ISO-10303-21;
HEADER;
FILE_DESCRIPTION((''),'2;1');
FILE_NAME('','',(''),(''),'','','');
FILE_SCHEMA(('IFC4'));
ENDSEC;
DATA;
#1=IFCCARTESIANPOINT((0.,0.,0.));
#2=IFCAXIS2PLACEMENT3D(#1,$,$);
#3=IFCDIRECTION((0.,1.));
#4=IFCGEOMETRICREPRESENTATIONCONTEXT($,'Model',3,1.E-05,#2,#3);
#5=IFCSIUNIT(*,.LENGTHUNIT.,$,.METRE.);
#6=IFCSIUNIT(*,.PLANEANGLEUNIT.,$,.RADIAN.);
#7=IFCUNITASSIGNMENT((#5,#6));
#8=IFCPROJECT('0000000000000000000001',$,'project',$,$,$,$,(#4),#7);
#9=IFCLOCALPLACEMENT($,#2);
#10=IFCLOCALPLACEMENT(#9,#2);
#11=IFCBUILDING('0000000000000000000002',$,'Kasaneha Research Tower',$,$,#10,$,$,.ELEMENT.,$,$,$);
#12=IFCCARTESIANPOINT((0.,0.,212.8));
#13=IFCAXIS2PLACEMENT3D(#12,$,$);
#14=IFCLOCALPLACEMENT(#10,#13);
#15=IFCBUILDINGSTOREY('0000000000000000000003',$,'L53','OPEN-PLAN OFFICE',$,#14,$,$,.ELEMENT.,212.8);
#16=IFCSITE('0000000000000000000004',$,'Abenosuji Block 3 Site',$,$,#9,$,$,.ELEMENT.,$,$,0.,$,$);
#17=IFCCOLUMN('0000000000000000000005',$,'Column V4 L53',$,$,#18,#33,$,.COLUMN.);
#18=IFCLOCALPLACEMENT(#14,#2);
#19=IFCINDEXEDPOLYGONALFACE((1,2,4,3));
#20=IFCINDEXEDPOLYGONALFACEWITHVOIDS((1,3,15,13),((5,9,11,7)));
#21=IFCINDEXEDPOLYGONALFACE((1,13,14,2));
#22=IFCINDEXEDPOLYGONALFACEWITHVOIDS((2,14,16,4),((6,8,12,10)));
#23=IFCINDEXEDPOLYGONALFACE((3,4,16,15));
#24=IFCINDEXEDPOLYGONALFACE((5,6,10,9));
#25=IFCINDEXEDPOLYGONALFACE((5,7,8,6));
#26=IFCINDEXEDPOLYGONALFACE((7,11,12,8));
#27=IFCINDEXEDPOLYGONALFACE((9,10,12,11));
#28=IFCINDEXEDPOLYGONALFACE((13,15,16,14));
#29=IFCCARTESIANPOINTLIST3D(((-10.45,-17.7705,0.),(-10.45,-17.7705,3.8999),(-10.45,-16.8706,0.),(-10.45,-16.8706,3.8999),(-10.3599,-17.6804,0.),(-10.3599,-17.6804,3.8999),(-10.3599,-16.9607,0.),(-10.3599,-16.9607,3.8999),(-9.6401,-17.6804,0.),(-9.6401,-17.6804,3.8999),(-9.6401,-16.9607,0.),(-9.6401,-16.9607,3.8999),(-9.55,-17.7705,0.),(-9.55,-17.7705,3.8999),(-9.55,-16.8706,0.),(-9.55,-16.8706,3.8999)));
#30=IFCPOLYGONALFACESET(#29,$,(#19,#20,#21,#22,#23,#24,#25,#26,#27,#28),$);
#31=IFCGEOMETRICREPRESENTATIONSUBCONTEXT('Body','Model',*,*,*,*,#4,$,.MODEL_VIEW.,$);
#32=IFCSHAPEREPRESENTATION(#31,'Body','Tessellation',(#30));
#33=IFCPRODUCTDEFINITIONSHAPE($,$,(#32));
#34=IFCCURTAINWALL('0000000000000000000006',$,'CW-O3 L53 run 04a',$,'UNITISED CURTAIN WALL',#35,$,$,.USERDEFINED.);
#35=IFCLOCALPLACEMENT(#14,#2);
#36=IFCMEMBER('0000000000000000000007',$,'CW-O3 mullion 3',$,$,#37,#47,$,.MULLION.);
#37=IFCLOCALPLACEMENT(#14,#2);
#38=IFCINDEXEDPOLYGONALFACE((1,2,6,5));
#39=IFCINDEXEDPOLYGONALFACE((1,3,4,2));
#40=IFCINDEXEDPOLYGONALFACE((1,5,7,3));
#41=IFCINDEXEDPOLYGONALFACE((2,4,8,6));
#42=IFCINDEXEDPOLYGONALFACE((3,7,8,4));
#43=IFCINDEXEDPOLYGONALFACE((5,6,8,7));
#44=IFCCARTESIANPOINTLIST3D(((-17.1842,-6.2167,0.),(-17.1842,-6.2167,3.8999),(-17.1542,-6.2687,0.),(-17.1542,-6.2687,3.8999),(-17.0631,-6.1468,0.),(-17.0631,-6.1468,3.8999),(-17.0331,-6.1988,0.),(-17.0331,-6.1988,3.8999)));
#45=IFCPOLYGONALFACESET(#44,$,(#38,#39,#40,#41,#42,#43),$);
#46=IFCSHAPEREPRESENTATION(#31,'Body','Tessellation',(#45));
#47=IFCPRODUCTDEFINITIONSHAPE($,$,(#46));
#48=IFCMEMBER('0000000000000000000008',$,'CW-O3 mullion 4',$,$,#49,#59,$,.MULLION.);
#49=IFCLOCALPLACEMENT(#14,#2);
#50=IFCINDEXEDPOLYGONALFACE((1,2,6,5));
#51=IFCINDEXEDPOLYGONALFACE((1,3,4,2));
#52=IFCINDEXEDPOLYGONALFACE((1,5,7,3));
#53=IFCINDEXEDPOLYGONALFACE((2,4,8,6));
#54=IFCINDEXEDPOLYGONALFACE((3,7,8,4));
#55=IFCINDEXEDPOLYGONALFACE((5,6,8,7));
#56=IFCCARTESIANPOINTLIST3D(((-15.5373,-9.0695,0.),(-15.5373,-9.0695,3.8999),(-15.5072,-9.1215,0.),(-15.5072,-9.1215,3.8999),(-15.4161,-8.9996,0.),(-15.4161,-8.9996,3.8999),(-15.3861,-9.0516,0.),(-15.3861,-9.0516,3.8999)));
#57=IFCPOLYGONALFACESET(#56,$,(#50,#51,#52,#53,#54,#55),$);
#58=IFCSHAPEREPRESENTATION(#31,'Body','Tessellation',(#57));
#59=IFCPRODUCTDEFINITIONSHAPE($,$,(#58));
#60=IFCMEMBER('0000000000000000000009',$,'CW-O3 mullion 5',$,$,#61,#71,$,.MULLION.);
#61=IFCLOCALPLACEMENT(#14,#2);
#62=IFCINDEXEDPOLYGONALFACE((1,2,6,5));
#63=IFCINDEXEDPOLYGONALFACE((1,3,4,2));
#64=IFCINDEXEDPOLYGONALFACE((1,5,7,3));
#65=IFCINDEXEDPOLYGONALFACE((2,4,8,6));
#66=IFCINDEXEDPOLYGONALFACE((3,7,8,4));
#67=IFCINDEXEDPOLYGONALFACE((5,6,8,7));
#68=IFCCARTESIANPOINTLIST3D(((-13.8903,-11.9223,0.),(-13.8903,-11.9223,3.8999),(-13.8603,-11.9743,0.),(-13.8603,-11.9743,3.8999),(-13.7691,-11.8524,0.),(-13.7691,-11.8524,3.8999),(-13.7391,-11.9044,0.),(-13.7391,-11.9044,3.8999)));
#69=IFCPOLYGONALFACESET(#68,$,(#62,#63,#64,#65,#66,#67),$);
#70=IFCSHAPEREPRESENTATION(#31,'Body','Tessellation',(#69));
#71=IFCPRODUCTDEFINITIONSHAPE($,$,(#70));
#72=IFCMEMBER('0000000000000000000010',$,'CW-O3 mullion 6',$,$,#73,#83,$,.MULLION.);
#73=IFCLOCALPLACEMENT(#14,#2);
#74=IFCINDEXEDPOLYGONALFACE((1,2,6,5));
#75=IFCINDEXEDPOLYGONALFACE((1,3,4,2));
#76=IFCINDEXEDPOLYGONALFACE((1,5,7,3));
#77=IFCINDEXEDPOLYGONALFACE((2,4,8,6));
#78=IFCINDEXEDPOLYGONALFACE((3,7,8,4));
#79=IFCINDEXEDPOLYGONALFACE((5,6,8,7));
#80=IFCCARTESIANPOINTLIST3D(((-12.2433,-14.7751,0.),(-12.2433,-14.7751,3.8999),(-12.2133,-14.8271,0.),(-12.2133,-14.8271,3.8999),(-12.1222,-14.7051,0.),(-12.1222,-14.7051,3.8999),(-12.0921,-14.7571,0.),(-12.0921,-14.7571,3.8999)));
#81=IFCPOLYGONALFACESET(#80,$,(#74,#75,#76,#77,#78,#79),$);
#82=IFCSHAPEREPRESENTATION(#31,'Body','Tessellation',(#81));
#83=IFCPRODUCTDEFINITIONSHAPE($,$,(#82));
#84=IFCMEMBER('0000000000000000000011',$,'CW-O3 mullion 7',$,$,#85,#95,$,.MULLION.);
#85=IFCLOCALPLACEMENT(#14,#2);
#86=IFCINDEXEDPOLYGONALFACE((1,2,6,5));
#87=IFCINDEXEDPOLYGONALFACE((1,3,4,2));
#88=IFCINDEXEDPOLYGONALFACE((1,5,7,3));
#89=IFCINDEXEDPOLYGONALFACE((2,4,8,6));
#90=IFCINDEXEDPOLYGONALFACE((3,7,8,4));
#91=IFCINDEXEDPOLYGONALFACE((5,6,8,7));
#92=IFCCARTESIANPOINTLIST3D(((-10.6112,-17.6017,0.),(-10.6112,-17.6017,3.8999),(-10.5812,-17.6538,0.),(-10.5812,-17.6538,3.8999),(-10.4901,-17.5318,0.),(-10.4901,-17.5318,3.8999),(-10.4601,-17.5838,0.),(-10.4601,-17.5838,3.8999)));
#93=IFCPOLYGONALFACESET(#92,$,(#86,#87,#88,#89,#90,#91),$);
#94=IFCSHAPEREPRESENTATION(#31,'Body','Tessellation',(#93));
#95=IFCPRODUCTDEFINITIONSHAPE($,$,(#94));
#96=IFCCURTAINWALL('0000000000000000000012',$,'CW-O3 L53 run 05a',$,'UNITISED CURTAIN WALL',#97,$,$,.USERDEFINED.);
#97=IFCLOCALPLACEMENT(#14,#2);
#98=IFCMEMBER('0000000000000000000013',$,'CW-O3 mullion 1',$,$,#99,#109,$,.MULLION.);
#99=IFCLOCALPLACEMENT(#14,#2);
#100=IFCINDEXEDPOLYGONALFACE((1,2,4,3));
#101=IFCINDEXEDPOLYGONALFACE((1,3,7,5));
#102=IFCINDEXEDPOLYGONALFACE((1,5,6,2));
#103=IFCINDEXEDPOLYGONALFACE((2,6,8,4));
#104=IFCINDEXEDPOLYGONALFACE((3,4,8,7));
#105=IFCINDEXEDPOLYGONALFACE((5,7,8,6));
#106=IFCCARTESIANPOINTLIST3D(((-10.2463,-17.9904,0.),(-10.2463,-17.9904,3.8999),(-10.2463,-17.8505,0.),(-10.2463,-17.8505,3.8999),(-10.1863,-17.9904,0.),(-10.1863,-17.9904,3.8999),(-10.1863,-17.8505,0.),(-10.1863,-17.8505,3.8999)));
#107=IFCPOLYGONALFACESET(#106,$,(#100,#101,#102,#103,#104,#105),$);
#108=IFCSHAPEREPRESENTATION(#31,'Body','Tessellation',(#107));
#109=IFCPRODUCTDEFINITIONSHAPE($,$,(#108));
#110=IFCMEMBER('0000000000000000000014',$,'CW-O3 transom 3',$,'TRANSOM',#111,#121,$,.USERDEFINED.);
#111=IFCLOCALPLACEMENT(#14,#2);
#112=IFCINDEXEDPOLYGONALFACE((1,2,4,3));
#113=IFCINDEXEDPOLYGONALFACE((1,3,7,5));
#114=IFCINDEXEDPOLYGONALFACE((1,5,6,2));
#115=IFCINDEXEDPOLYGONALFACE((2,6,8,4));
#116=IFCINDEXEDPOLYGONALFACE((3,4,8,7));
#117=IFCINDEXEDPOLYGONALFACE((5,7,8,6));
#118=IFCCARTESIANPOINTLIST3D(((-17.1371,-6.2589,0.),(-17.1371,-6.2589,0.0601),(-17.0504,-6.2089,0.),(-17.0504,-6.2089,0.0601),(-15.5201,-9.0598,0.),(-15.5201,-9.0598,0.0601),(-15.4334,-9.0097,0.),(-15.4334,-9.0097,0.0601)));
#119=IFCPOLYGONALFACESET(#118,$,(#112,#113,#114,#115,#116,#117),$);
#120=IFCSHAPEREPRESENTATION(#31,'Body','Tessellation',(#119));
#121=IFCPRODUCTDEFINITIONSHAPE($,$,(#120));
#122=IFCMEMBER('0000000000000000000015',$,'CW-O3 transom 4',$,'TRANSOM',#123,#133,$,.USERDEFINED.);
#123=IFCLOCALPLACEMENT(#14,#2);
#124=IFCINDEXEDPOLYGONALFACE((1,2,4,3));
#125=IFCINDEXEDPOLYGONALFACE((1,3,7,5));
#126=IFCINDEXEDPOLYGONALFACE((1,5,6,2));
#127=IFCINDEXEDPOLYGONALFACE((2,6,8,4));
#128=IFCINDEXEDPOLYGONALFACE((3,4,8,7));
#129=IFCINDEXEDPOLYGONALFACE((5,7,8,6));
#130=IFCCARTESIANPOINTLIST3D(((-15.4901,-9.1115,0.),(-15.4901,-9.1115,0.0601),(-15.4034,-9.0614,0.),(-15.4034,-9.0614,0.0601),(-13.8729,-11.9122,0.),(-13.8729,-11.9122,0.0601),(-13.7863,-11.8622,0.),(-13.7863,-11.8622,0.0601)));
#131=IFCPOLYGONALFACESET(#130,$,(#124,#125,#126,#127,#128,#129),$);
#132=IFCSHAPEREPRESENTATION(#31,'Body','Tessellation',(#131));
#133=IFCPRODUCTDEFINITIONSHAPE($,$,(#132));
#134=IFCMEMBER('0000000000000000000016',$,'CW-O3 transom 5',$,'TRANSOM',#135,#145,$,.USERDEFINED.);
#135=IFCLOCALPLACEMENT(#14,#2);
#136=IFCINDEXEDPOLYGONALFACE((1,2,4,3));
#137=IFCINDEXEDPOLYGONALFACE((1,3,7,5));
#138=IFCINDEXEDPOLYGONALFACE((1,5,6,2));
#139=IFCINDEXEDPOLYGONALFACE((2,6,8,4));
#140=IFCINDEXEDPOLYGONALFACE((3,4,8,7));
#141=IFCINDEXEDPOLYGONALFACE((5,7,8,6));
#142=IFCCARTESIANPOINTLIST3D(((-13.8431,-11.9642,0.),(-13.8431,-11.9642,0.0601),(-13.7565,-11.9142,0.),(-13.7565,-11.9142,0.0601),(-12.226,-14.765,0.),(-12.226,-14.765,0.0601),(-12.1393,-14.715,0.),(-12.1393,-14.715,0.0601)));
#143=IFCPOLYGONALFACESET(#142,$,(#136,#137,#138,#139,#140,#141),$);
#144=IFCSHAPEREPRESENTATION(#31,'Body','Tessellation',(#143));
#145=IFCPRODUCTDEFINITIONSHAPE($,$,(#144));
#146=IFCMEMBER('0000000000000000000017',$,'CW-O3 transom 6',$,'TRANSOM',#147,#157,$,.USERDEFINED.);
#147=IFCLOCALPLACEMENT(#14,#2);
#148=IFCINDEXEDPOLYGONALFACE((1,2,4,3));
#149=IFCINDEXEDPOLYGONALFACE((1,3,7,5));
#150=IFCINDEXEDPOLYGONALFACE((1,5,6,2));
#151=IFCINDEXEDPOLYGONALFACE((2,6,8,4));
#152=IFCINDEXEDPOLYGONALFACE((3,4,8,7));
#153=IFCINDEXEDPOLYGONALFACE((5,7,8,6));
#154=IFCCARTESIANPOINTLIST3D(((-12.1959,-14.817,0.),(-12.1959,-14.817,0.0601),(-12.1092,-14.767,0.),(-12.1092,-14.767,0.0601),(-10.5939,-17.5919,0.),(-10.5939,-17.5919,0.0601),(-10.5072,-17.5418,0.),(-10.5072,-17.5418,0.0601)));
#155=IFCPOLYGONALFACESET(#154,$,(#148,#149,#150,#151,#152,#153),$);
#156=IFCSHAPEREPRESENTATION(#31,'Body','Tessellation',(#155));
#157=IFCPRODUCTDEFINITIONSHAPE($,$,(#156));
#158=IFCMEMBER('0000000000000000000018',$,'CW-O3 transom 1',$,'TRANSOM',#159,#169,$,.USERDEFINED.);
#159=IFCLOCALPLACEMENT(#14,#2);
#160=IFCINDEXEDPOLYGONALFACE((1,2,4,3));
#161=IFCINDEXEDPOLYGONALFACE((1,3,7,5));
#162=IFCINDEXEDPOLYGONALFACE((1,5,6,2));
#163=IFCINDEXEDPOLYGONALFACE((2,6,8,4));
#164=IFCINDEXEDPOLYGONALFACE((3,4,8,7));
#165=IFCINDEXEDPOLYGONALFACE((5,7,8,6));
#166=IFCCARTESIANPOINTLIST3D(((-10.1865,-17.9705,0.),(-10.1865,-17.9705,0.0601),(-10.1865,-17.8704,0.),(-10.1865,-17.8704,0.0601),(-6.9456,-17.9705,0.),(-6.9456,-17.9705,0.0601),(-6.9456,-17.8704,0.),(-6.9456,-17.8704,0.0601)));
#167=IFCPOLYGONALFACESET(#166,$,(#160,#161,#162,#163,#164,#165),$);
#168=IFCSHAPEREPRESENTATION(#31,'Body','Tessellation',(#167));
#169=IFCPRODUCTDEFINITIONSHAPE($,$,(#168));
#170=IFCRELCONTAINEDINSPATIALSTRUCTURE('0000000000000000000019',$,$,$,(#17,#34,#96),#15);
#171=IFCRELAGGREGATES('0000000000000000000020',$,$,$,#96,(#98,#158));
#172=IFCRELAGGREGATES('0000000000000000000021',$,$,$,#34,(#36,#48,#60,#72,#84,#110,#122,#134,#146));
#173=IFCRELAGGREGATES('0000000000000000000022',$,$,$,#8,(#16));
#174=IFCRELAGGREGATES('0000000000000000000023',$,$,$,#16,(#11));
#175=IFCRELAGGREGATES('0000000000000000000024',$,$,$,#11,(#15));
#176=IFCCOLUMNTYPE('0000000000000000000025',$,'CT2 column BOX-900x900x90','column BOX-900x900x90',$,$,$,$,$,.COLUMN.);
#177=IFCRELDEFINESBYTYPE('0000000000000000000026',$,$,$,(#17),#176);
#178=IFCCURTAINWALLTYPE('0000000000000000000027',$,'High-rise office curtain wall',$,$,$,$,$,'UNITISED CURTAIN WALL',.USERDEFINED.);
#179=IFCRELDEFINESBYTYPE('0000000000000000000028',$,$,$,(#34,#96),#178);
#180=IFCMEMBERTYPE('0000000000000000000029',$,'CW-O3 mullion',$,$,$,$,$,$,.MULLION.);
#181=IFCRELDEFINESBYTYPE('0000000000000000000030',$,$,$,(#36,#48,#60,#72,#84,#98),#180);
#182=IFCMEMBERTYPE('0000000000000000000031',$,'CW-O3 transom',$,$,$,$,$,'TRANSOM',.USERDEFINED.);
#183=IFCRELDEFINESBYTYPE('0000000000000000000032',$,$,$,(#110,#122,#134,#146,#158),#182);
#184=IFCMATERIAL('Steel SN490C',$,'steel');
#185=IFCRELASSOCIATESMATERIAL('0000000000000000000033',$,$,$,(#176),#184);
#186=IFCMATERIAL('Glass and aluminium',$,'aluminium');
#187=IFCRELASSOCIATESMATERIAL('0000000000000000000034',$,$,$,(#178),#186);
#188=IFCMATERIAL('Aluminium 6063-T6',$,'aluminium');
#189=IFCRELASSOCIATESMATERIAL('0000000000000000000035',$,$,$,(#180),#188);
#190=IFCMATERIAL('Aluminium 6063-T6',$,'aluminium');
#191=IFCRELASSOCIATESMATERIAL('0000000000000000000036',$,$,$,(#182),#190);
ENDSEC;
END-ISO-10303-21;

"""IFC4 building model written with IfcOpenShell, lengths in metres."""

from ifc_helpers import new_model, si_unit, direction, frame, origin, origin_2d, place, context, subcontext, project, spatial, rectangle, hollow_rectangle, extrude, material, material_profile, profile_set, type_object, element, aggregate, save


model = new_model("IFC4")

# Units and contexts
model_context = context("Model", 3, precision=1e-05, world=origin(), true_north=direction((0.0, 1.0)))
body_context = subcontext(model_context, "Body", "Model", "MODEL_VIEW")
ifc_project = project(units=[si_unit("LENGTHUNIT", "METRE"), si_unit("PLANEANGLEUNIT", "RADIAN")], contexts=[model_context])

# Site, building, storey
site_placement = place(None, origin())
site = spatial("IfcSite", under=ifc_project, at=site_placement, Name="Abenosuji Block 3 Site", CompositionType="ELEMENT", RefElevation=0.0)
building_placement = place(site_placement, origin())
building = spatial("IfcBuilding", under=site, at=building_placement, Name="Kasaneha Research Tower", CompositionType="ELEMENT")
storey_placement = place(building_placement, frame((0.0, 0.0, 212.8)))
storey = spatial("IfcBuildingStorey", under=building, at=storey_placement, Name="L53", Description="OPEN-PLAN OFFICE", CompositionType="ELEMENT", Elevation=212.8)

# Column
ifc_material_1 = material(Name="Steel SN490C", Category="steel")
ifc_material_profile_1 = material_profile(ifc_material_1, hollow_rectangle(XDim=0.8999, YDim=0.8999, WallThickness=0.0901, at=origin_2d()), Name="BOX-900x900x90")
ifc_profile_set_1 = profile_set([ifc_material_profile_1], Name="Steel SN490C")
column_type = type_object("IfcColumnType", Name="CT2 column BOX-900x900x90", Description="column BOX-900x900x90", PredefinedType="COLUMN", material=ifc_profile_set_1)
column_placement = place(storey_placement, frame((-10.0, -17.3206, 0.0), z_axis=(0.0, 0.0, 1.0), x_axis=(1.0, 0.0, 0.0)))
element("IfcColumn", 1, at=column_placement, inside=storey, type_object=column_type, Name="Column V4 L53", PredefinedType="COLUMN", context=body_context, shape_type="SweptSolid", body=[
    extrude(hollow_rectangle(XDim=0.8999, YDim=0.8999, WallThickness=0.0901, at=origin_2d()), origin(), (0.0, 0.0, 1.0), 3.8999),
])

# Curtain wall, members
ifc_material_2 = material(Name="Glass and aluminium", Category="aluminium")
curtain_wall_type = type_object("IfcCurtainWallType", Name="High-rise office curtain wall", ElementType="UNITISED CURTAIN WALL", PredefinedType="USERDEFINED", material=ifc_material_2)
curtain_wall_1_placement = place(storey_placement, origin())
curtain_wall_1 = element("IfcCurtainWall", 2, at=curtain_wall_1_placement, inside=storey, type_object=curtain_wall_type, Name="CW-O3 L53 run 04a", ObjectType="UNITISED CURTAIN WALL", PredefinedType="USERDEFINED")
ifc_material_3 = material(Name="Aluminium 6063-T6", Category="aluminium")
ifc_material_profile_2 = material_profile(ifc_material_3, rectangle(XDim=0.0601, YDim=0.1399, at=origin_2d()), Name="CW-O3 mullion 60x140")
ifc_profile_set_2 = profile_set([ifc_material_profile_2], Name="Aluminium 6063-T6")
member_type_1 = type_object("IfcMemberType", Name="CW-O3 mullion", PredefinedType="MULLION", material=ifc_profile_set_2)
member_1_placement = place(storey_placement, frame((-17.1086, -6.2078, 0.0), z_axis=(0.0, 0.0, 1.0), x_axis=(0.5, -0.866025, 0.0)))
member_1 = element("IfcMember", 3, at=member_1_placement, type_object=member_type_1, Name="CW-O3 mullion 3", PredefinedType="MULLION", context=body_context, shape_type="SweptSolid", body=[
    extrude(rectangle(XDim=0.0601, YDim=0.1399, at=origin_2d()), origin(), (0.0, 0.0, 1.0), 3.8999),
])
member_2_placement = place(storey_placement, frame((-15.4617, -9.0605, 0.0), z_axis=(0.0, 0.0, 1.0), x_axis=(0.5, -0.866025, 0.0)))
member_2 = element("IfcMember", 4, at=member_2_placement, type_object=member_type_1, Name="CW-O3 mullion 4", PredefinedType="MULLION", context=body_context, shape_type="SweptSolid", body=[
    extrude(rectangle(XDim=0.0601, YDim=0.1399, at=origin_2d()), origin(), (0.0, 0.0, 1.0), 3.8999),
])
member_3_placement = place(storey_placement, frame((-13.8147, -11.9133, 0.0), z_axis=(0.0, 0.0, 1.0), x_axis=(0.5, -0.866025, 0.0)))
member_3 = element("IfcMember", 5, at=member_3_placement, type_object=member_type_1, Name="CW-O3 mullion 5", PredefinedType="MULLION", context=body_context, shape_type="SweptSolid", body=[
    extrude(rectangle(XDim=0.0601, YDim=0.1399, at=origin_2d()), origin(), (0.0, 0.0, 1.0), 3.8999),
])
member_4_placement = place(storey_placement, frame((-12.1677, -14.7661, 0.0), z_axis=(0.0, 0.0, 1.0), x_axis=(0.5, -0.866025, 0.0)))
member_4 = element("IfcMember", 6, at=member_4_placement, type_object=member_type_1, Name="CW-O3 mullion 6", PredefinedType="MULLION", context=body_context, shape_type="SweptSolid", body=[
    extrude(rectangle(XDim=0.0601, YDim=0.1399, at=origin_2d()), origin(), (0.0, 0.0, 1.0), 3.8999),
])
member_5_placement = place(storey_placement, frame((-10.5356, -17.5928, 0.0), z_axis=(0.0, 0.0, 1.0), x_axis=(0.5, -0.866025, 0.0)))
member_5 = element("IfcMember", 7, at=member_5_placement, type_object=member_type_1, Name="CW-O3 mullion 7", PredefinedType="MULLION", context=body_context, shape_type="SweptSolid", body=[
    extrude(rectangle(XDim=0.0601, YDim=0.1399, at=origin_2d()), origin(), (0.0, 0.0, 1.0), 3.8999),
])

# Curtain wall, member
curtain_wall_2_placement = place(storey_placement, origin())
curtain_wall_2 = element("IfcCurtainWall", 8, at=curtain_wall_2_placement, inside=storey, type_object=curtain_wall_type, Name="CW-O3 L53 run 05a", ObjectType="UNITISED CURTAIN WALL", PredefinedType="USERDEFINED")
member_6_placement = place(storey_placement, frame((-10.2163, -17.9204, 0.0), z_axis=(0.0, 0.0, 1.0), x_axis=(1.0, 0.0, 0.0)))
member_6 = element("IfcMember", 9, at=member_6_placement, type_object=member_type_1, Name="CW-O3 mullion 1", PredefinedType="MULLION", context=body_context, shape_type="SweptSolid", body=[
    extrude(rectangle(XDim=0.0601, YDim=0.1399, at=origin_2d()), origin(), (0.0, 0.0, 1.0), 3.8999),
])

# Members
ifc_material_4 = material(Name="Aluminium 6063-T6", Category="aluminium")
ifc_material_profile_3 = material_profile(ifc_material_4, rectangle(XDim=0.1001, YDim=0.0601, at=origin_2d()), Name="CW-O3 transom 100x60")
ifc_profile_set_3 = profile_set([ifc_material_profile_3], Name="Aluminium 6063-T6")
member_type_2 = type_object("IfcMemberType", Name="CW-O3 transom", ElementType="TRANSOM", PredefinedType="USERDEFINED", material=ifc_profile_set_3)
member_7_placement = place(storey_placement, frame((-17.0938, -6.2339, 0.03), z_axis=(0.499979, -0.866037, 0.0), x_axis=(0.866037, 0.499979, 0.0)))
member_7 = element("IfcMember", 10, at=member_7_placement, type_object=member_type_2, Name="CW-O3 transom 3", ObjectType="TRANSOM", PredefinedType="USERDEFINED", context=body_context, shape_type="SweptSolid", body=[
    extrude(rectangle(XDim=0.1001, YDim=0.0601, at=origin_2d()), origin(), (0.0, 0.0, 1.0), 3.2341),
])
member_8_placement = place(storey_placement, frame((-15.4468, -9.0864, 0.03), z_axis=(0.500036, -0.866005, 0.0), x_axis=(0.866005, 0.500036, 0.0)))
member_8 = element("IfcMember", 11, at=member_8_placement, type_object=member_type_2, Name="CW-O3 transom 4", ObjectType="TRANSOM", PredefinedType="USERDEFINED", context=body_context, shape_type="SweptSolid", body=[
    extrude(rectangle(XDim=0.1001, YDim=0.0601, at=origin_2d()), origin(), (0.0, 0.0, 1.0), 3.2341),
])
member_9_placement = place(storey_placement, frame((-13.7998, -11.9392, 0.03), z_axis=(0.500036, -0.866005, 0.0), x_axis=(0.866005, 0.500036, 0.0)))
member_9 = element("IfcMember", 12, at=member_9_placement, type_object=member_type_2, Name="CW-O3 transom 5", ObjectType="TRANSOM", PredefinedType="USERDEFINED", context=body_context, shape_type="SweptSolid", body=[
    extrude(rectangle(XDim=0.1001, YDim=0.0601, at=origin_2d()), origin(), (0.0, 0.0, 1.0), 3.2341),
])
member_10_placement = place(storey_placement, frame((-12.1526, -14.792, 0.03), z_axis=(0.499991, -0.866031, 0.0), x_axis=(0.866031, 0.499991, 0.0)))
member_10 = element("IfcMember", 13, at=member_10_placement, type_object=member_type_2, Name="CW-O3 transom 6", ObjectType="TRANSOM", PredefinedType="USERDEFINED", context=body_context, shape_type="SweptSolid", body=[
    extrude(rectangle(XDim=0.1001, YDim=0.0601, at=origin_2d()), origin(), (0.0, 0.0, 1.0), 3.2041),
])
member_11_placement = place(storey_placement, frame((-10.1865, -17.9204, 0.03), z_axis=(1.0, 0.0, 0.0), x_axis=(0.0, 1.0, 0.0)))
member_11 = element("IfcMember", 14, at=member_11_placement, type_object=member_type_2, Name="CW-O3 transom 1", ObjectType="TRANSOM", PredefinedType="USERDEFINED", context=body_context, shape_type="SweptSolid", body=[
    extrude(rectangle(XDim=0.1001, YDim=0.0601, at=origin_2d()), origin(), (0.0, 0.0, 1.0), 3.241),
])
aggregate(curtain_wall_2, [member_6, member_11])

aggregate(curtain_wall_1, [member_1, member_2, member_3, member_4, member_5, member_7, member_8, member_9, member_10])

save(model, "model.ifc")
